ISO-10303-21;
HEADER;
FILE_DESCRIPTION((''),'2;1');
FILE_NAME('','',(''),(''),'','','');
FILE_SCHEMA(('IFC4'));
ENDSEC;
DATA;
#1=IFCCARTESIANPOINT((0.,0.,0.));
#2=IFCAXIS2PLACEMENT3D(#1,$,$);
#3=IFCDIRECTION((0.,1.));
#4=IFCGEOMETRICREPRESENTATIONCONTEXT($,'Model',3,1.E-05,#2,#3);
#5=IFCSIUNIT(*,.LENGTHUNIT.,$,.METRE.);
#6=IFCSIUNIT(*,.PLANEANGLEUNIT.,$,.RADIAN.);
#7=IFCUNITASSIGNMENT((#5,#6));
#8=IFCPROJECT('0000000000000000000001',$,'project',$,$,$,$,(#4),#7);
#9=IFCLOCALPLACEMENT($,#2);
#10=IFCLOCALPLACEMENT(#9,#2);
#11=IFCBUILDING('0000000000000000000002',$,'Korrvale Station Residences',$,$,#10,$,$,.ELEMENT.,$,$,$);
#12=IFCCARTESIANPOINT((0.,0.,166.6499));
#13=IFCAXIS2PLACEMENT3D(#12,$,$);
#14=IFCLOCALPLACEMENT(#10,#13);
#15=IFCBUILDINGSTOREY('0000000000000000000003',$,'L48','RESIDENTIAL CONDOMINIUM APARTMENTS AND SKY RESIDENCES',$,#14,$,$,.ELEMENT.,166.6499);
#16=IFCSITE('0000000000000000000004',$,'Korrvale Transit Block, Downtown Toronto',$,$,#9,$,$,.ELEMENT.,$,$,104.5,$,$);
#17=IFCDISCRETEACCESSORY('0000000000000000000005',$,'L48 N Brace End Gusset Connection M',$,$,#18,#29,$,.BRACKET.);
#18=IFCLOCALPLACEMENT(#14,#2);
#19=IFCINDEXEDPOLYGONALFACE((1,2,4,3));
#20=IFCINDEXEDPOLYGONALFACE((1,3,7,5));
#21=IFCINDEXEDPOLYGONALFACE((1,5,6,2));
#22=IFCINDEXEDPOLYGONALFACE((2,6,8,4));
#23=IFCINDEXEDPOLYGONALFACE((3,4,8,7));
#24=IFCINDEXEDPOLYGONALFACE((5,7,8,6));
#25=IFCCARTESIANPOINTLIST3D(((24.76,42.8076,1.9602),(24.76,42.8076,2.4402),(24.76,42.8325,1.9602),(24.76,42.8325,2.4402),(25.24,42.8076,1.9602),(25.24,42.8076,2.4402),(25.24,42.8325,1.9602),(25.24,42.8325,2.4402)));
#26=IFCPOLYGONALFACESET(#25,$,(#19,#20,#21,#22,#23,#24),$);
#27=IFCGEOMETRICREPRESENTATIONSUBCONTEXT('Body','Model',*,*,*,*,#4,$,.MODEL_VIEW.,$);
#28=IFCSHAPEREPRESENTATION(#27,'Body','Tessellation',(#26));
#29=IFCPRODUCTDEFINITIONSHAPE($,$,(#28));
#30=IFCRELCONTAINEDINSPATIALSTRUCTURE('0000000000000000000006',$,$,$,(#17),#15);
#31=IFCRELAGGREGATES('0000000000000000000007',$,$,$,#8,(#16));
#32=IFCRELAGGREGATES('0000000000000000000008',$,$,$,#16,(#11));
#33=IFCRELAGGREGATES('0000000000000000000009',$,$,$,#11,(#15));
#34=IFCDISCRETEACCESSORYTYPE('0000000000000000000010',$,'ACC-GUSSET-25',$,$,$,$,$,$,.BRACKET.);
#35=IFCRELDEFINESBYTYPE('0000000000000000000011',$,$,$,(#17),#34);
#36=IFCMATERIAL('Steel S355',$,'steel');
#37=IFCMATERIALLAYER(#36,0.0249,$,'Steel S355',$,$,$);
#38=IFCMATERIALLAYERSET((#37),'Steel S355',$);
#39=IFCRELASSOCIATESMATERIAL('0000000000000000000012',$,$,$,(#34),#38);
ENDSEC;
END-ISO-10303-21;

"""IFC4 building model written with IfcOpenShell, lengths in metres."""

from ifc_helpers import new_model, si_unit, direction, frame, origin, origin_2d, place, context, subcontext, project, spatial, rectangle, extrude, material, layer, layer_set, type_object, element, save


model = new_model("IFC4")

# Units and contexts
model_context = context("Model", 3, precision=1e-05, world=origin(), true_north=direction((0.0, 1.0)))
body_context = subcontext(model_context, "Body", "Model", "MODEL_VIEW")
ifc_project = project(units=[si_unit("LENGTHUNIT", "METRE"), si_unit("PLANEANGLEUNIT", "RADIAN")], contexts=[model_context])

# Site, building, storey
site_placement = place(None, origin())
site = spatial("IfcSite", under=ifc_project, at=site_placement, Name="Korrvale Transit Block, Downtown Toronto", CompositionType="ELEMENT", RefElevation=104.5)
building_placement = place(site_placement, origin())
building = spatial("IfcBuilding", under=site, at=building_placement, Name="Korrvale Station Residences", CompositionType="ELEMENT")
storey_placement = place(building_placement, frame((0.0, 0.0, 166.6499)))
storey = spatial("IfcBuildingStorey", under=building, at=storey_placement, Name="L48", Description="RESIDENTIAL CONDOMINIUM APARTMENTS AND SKY RESIDENCES", CompositionType="ELEMENT", Elevation=166.6499)

# Shared definitions
ifc_material_1 = material(Name="Steel S355", Category="steel")

# Discrete accessory
ifc_layer_1 = layer(ifc_material_1, 0.0249, Name="Steel S355")
ifc_layer_set_1 = layer_set([ifc_layer_1], Name="Steel S355")
discrete_accessory_type = type_object("IfcDiscreteAccessoryType", Name="ACC-GUSSET-25", PredefinedType="BRACKET", material=ifc_layer_set_1)
for number, where, z_axis, x_axis, name in (
    (1, (25.0, 42.8201, 1.9602), (0.0, 0.0, 1.0), (1.0, 0.0, 0.0), "L48 N Brace End Gusset Connection M"),
):
    element("IfcDiscreteAccessory", number, at=place(storey_placement, frame(where, z_axis=z_axis, x_axis=x_axis)), inside=storey, type_object=discrete_accessory_type, Name=name, PredefinedType="BRACKET", context=body_context, shape_type="SweptSolid", body=[
        extrude(rectangle(XDim=0.48, YDim=0.0249, at=origin_2d()), origin(), (0.0, 0.0, 1.0), 0.48),
    ])

save(model, "model.ifc")
